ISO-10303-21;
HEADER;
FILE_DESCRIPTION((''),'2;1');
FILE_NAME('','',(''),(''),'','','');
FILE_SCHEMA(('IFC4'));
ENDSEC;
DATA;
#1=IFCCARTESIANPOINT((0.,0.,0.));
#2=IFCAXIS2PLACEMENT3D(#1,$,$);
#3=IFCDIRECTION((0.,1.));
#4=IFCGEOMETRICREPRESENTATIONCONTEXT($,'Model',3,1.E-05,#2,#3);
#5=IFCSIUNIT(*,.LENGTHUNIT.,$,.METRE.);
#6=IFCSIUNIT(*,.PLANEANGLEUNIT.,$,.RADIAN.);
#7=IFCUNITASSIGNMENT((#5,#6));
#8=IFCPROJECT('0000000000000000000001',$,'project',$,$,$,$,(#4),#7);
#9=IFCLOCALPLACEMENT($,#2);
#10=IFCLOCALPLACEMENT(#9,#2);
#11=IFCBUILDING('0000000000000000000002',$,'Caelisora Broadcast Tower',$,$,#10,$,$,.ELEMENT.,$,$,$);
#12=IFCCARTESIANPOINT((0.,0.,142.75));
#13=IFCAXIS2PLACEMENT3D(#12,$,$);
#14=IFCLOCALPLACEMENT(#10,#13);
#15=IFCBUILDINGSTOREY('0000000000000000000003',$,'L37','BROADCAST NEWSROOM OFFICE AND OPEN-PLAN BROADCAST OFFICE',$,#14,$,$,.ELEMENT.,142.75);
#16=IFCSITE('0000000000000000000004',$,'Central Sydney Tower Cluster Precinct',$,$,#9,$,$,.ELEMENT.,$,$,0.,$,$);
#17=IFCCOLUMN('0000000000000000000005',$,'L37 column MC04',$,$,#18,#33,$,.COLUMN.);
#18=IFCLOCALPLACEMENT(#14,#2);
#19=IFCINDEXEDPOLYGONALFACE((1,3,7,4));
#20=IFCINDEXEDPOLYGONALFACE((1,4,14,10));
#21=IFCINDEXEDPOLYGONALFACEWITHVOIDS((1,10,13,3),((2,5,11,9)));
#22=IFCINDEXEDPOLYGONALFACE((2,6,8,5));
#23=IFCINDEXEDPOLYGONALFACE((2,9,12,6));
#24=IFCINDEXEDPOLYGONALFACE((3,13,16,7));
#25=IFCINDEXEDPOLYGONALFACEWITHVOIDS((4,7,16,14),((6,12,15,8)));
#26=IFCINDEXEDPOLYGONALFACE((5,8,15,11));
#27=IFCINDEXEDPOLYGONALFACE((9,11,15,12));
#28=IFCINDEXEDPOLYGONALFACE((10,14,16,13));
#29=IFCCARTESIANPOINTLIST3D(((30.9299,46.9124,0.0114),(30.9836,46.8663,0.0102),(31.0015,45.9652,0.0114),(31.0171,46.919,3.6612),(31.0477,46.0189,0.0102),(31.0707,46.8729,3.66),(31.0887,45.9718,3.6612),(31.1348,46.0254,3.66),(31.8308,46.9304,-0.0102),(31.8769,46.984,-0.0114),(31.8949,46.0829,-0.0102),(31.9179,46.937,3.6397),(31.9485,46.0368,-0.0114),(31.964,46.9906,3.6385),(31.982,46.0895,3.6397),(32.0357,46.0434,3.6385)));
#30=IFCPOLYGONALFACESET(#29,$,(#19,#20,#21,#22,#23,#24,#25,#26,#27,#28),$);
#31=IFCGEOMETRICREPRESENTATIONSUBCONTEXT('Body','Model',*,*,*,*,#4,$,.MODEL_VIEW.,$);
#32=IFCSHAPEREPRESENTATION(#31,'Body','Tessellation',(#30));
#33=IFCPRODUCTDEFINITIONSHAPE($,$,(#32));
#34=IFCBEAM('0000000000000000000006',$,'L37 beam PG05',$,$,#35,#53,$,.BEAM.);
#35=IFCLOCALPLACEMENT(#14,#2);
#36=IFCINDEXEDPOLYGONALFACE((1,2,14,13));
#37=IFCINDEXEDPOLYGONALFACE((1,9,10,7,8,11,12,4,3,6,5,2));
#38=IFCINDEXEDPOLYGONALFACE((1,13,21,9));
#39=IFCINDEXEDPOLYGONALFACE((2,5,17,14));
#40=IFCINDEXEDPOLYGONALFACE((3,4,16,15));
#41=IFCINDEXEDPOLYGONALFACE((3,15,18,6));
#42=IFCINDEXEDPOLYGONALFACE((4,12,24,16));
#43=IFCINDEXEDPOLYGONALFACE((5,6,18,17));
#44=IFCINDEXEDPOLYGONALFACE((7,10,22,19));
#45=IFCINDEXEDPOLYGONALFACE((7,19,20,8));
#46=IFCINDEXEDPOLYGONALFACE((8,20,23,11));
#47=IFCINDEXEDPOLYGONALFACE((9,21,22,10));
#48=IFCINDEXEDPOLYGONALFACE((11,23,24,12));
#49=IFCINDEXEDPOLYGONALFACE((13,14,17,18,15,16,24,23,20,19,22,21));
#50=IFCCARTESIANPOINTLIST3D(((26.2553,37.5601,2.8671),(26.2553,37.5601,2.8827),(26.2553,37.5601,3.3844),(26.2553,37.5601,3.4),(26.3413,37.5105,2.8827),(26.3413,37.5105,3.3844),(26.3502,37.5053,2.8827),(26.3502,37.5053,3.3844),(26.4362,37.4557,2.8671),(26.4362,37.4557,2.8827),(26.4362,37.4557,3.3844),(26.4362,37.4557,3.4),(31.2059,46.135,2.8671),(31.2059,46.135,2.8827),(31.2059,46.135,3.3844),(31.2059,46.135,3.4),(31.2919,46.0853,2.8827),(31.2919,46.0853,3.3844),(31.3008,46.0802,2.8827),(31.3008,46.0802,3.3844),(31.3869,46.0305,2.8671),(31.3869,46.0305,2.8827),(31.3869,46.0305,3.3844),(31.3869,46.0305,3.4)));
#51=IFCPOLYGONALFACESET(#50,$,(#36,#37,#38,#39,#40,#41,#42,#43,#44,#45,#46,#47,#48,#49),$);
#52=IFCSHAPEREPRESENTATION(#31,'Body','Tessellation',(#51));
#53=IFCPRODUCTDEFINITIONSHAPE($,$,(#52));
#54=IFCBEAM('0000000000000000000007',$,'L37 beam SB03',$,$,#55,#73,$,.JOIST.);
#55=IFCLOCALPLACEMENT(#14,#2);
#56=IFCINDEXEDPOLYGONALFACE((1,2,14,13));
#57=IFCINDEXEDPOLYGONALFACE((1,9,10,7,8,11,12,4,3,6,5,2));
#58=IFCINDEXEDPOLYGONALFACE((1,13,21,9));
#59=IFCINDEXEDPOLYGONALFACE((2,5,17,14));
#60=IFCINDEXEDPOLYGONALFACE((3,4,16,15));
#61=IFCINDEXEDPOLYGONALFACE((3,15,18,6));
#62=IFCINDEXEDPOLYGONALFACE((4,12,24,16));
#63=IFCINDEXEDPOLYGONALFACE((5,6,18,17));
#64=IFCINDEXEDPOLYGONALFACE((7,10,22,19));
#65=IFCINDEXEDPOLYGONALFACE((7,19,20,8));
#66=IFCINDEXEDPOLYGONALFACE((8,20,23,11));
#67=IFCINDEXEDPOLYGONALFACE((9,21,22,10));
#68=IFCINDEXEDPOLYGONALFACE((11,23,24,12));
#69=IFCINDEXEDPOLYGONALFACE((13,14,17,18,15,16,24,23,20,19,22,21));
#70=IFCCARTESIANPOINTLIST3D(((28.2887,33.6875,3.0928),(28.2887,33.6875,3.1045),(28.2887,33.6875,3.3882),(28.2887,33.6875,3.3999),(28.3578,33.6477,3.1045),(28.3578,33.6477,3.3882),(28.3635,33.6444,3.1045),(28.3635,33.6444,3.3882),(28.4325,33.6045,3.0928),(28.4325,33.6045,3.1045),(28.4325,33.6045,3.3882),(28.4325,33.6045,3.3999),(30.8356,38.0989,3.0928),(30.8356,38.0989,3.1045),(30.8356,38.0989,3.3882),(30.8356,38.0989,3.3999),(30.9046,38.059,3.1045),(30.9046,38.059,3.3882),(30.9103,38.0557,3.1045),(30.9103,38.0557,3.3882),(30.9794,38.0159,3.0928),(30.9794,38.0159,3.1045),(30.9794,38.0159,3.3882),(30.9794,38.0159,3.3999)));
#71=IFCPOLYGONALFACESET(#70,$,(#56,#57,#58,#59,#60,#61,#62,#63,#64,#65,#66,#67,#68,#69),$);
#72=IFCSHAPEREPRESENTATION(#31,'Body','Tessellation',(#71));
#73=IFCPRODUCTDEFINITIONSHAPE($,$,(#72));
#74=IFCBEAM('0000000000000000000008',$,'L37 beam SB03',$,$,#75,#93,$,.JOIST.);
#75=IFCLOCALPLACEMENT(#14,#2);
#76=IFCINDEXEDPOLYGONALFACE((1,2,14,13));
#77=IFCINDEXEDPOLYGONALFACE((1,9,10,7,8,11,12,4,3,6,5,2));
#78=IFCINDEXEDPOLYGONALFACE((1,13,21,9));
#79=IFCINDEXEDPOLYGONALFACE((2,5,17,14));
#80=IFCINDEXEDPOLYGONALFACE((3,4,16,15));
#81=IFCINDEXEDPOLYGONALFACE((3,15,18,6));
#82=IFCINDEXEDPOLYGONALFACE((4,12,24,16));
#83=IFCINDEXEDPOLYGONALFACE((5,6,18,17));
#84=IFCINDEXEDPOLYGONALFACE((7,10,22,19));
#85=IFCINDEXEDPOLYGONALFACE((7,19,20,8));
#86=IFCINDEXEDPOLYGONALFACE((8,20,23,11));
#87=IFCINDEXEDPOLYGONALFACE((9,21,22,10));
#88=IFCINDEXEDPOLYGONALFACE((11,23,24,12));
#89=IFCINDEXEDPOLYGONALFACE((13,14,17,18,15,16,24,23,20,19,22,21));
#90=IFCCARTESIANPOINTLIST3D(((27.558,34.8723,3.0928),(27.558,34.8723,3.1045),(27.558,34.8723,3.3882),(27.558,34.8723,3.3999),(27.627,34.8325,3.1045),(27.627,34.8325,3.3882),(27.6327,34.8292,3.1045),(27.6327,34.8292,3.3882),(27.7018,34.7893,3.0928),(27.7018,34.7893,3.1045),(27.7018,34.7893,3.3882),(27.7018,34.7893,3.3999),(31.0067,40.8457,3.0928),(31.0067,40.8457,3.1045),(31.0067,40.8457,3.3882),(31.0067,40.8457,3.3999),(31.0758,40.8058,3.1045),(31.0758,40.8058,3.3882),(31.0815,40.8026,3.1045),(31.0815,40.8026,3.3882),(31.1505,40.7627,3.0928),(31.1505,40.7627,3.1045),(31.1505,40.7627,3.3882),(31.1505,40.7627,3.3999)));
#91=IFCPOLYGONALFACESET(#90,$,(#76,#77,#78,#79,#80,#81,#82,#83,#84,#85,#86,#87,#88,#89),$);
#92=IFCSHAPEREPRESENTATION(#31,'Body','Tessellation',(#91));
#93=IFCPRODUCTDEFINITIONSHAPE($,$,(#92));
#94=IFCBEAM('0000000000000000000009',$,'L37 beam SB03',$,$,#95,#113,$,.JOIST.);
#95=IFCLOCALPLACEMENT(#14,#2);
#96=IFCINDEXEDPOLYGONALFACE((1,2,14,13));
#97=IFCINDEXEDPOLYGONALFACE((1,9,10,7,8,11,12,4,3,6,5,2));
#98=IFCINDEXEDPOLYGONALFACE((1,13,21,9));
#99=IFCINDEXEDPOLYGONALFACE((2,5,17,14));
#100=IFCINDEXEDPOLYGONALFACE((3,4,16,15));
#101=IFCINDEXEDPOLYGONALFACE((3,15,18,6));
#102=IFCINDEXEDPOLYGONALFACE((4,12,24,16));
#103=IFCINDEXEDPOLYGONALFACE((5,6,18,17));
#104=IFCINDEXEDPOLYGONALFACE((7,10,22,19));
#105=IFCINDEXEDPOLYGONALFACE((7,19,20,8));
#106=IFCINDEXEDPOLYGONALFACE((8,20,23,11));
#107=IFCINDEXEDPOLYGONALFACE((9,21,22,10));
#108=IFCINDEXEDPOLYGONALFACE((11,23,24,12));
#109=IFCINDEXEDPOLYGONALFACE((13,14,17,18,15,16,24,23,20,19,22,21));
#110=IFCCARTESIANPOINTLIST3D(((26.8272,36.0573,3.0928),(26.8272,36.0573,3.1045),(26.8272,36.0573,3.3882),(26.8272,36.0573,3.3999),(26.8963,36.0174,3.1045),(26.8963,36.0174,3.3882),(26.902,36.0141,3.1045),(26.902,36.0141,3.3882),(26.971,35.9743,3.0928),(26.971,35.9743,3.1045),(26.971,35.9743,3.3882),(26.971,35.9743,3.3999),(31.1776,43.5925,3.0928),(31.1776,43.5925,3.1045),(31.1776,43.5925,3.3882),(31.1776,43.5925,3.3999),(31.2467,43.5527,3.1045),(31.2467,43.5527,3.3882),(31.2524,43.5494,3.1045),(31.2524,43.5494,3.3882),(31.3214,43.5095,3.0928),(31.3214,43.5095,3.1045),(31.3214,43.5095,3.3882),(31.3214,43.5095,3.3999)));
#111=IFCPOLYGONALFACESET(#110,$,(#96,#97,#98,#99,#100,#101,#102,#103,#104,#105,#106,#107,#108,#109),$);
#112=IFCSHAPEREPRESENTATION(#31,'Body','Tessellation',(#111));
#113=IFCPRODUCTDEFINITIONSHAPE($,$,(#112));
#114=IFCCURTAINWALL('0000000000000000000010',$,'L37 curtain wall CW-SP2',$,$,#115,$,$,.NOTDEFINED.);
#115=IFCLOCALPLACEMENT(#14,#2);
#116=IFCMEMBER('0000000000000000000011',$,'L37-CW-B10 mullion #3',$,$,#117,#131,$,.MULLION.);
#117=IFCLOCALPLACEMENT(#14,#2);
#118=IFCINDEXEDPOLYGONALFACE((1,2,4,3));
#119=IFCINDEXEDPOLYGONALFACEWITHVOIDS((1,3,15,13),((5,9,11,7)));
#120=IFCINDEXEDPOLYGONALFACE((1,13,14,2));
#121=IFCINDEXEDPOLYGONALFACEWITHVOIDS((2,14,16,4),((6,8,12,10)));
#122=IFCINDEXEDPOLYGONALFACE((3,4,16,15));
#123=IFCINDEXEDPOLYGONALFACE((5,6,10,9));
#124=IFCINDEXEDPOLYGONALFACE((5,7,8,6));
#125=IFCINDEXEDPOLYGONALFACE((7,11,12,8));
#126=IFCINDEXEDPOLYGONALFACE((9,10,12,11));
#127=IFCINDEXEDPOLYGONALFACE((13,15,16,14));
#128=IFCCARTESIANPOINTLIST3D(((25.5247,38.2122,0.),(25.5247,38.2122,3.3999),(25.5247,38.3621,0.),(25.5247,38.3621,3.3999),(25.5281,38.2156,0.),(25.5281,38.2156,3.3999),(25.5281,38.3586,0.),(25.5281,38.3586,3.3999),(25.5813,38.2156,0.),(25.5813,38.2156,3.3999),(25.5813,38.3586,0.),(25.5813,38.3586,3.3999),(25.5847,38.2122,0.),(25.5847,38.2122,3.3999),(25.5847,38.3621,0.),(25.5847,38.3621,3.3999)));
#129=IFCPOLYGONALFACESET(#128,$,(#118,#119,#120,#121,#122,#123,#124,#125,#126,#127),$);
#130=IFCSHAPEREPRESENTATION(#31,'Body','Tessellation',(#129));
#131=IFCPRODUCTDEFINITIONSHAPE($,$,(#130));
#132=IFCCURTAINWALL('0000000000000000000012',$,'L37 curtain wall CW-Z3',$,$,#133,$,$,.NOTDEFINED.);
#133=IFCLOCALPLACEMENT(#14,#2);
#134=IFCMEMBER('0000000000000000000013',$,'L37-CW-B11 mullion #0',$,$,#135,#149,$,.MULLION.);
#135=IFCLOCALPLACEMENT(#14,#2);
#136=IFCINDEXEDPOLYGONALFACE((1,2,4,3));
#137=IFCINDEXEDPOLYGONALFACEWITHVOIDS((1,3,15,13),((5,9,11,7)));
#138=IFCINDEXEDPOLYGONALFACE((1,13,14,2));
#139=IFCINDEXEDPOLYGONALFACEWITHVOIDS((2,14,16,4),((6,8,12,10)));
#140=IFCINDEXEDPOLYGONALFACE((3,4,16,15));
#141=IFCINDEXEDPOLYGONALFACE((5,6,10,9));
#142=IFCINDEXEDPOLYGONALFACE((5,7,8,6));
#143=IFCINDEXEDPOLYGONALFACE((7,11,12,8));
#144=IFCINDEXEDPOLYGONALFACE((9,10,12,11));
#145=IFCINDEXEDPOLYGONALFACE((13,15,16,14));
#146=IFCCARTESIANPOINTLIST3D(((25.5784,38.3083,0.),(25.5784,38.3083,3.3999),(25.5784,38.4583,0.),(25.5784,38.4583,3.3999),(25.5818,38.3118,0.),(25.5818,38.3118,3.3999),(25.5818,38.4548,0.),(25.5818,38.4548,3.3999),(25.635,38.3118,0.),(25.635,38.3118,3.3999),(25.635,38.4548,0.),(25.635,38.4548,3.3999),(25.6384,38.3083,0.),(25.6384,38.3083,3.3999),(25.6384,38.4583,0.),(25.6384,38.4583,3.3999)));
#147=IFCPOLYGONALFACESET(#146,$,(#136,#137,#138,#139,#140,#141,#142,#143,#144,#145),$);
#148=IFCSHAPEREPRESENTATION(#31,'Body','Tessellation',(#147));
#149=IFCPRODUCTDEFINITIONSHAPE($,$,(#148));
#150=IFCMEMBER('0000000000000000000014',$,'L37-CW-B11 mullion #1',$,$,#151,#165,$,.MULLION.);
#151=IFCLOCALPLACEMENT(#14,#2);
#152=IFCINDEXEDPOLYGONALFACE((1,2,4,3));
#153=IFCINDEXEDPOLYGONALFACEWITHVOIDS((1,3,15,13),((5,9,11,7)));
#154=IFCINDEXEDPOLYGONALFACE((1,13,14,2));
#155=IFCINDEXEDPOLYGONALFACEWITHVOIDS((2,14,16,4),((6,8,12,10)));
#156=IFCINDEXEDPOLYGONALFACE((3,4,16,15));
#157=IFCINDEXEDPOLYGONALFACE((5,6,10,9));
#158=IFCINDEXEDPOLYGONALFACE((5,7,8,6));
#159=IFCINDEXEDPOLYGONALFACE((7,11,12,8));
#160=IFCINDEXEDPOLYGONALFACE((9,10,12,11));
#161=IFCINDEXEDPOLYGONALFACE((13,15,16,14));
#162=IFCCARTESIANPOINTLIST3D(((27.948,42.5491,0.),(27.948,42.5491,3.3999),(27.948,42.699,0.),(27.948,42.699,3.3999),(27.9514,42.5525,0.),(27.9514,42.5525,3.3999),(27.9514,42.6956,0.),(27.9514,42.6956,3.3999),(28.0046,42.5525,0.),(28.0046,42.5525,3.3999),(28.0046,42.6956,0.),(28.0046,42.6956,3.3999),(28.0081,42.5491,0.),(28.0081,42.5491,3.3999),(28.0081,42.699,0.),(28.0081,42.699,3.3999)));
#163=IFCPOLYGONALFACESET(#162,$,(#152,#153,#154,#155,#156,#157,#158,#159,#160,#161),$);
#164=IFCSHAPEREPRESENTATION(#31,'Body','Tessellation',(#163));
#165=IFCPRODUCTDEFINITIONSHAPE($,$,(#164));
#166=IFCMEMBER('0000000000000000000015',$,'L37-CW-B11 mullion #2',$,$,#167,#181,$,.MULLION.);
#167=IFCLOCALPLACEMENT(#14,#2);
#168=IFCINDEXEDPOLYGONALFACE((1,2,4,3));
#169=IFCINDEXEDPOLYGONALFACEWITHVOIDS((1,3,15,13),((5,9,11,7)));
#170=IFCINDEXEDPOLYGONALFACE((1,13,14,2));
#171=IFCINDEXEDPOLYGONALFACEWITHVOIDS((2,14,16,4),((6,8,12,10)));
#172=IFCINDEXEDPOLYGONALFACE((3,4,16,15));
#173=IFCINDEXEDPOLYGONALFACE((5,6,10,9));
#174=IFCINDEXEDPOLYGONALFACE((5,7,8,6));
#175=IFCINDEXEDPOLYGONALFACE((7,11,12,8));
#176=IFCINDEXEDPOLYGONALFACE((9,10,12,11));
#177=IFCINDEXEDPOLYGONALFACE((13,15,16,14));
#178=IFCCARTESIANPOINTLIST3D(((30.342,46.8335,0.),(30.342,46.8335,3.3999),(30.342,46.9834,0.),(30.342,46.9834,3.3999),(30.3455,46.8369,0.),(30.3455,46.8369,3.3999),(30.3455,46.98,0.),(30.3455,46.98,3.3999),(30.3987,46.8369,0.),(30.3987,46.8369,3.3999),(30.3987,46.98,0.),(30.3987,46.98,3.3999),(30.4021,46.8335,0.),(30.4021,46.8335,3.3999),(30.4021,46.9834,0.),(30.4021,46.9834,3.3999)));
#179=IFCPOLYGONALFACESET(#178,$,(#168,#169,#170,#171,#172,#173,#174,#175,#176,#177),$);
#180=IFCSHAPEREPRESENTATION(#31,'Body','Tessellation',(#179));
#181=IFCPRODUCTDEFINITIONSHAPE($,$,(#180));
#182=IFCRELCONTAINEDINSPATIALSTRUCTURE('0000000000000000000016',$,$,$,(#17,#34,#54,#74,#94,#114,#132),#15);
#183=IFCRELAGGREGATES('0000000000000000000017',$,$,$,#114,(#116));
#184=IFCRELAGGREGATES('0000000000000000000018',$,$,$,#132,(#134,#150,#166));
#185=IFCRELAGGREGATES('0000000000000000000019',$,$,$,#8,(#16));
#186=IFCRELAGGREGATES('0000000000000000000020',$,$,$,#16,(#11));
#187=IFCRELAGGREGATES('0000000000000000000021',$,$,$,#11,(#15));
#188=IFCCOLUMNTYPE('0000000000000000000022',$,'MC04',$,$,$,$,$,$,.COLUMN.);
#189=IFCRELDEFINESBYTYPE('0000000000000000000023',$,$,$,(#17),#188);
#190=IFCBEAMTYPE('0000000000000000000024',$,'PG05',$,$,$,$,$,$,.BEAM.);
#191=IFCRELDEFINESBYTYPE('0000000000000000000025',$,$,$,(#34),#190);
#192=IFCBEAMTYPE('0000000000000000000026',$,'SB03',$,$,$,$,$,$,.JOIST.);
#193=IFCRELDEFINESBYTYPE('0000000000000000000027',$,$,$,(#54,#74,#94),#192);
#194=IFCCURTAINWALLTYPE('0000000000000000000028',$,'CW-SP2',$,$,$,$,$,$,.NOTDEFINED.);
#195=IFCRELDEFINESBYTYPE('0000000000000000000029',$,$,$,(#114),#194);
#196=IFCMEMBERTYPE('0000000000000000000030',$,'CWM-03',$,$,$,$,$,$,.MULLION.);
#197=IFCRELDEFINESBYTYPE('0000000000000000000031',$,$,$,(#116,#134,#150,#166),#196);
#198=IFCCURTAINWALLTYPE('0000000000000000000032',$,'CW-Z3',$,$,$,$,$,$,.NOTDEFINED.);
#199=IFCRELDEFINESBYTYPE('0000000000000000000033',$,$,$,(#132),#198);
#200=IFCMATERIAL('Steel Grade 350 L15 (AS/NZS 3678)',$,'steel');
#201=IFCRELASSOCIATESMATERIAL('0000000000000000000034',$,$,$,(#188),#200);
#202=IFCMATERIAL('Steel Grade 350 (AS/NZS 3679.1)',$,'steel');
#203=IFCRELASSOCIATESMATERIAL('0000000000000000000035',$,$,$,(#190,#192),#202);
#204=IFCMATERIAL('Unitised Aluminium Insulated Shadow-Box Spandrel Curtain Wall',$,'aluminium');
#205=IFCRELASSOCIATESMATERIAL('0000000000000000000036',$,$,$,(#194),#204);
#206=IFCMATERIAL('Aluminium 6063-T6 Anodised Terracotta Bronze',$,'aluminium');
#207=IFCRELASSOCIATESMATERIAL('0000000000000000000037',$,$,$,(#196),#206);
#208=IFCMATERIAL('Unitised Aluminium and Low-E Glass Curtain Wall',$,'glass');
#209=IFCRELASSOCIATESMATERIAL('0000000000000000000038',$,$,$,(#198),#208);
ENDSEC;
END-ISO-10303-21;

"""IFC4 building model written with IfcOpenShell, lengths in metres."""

from ifc_helpers import new_model, si_unit, direction, frame, origin, origin_2d, place, context, subcontext, project, spatial, hollow_rectangle, i_section, extrude, source, transform, mapped, material, material_profile, profile_set, type_object, type_shapes, element, aggregate, save


model = new_model("IFC4")

# Units and contexts
model_context = context("Model", 3, precision=1e-05, world=origin(), true_north=direction((0.0, 1.0)))
body_context = subcontext(model_context, "Body", "Model", "MODEL_VIEW")
ifc_project = project(units=[si_unit("LENGTHUNIT", "METRE"), si_unit("PLANEANGLEUNIT", "RADIAN")], contexts=[model_context])

# Site, building, storey
site_placement = place(None, origin())
site = spatial("IfcSite", under=ifc_project, at=site_placement, Name="Central Sydney Tower Cluster Precinct", CompositionType="ELEMENT", RefElevation=0.0)
building_placement = place(site_placement, origin())
building = spatial("IfcBuilding", under=site, at=building_placement, Name="Caelisora Broadcast Tower", CompositionType="ELEMENT")
storey_placement = place(building_placement, frame((0.0, 0.0, 142.75)))
storey = spatial("IfcBuildingStorey", under=building, at=storey_placement, Name="L37", Description="BROADCAST NEWSROOM OFFICE AND OPEN-PLAN BROADCAST OFFICE", CompositionType="ELEMENT", Elevation=142.75)

# Column
ifc_material_1 = material(Name="Steel Grade 350 L15 (AS/NZS 3678)", Category="steel")
ifc_material_profile_1 = material_profile(ifc_material_1, hollow_rectangle(XDim=0.95, YDim=0.95, WallThickness=0.05, at=origin_2d()), Name="Steel Grade 350 L15 (AS/NZS 3678)")
ifc_profile_set_1 = profile_set([ifc_material_profile_1], Name="Steel Grade 350 L15 (AS/NZS 3678)")
column_type = type_object("IfcColumnType", Name="MC04", PredefinedType="COLUMN", material=ifc_profile_set_1)
shared_shape_1 = source(origin(), body_context, "Body", "SweptSolid", [
    extrude(hollow_rectangle(XDim=0.95, YDim=0.95, WallThickness=0.05, at=origin_2d()), origin(), (0.0, 0.0, 1.0), 3.6509),
])
type_shapes(column_type, [shared_shape_1])
column_placement = place(storey_placement, frame((31.4392, 46.4746, 0.0), z_axis=(0.023873, 0.001806, 0.999713), x_axis=(-0.075415, 0.997152, 0.0)))
element("IfcColumn", 1, at=column_placement, inside=storey, type_object=column_type, Name="L37 column MC04", PredefinedType="COLUMN", context=body_context, shape_type="MappedRepresentation", body=[
    mapped(shared_shape_1, transform((0.0, 0.0, 0.0), scale=1.0)),
])

# Beams
ifc_material_2 = material(Name="Steel Grade 350 (AS/NZS 3679.1)", Category="steel")
ifc_material_profile_2 = material_profile(ifc_material_2, i_section(OverallWidth=0.209, OverallDepth=0.533, WebThickness=0.0103, FlangeThickness=0.0156, at=origin_2d()), Name="Steel Grade 350 (AS/NZS 3679.1)")
ifc_profile_set_2 = profile_set([ifc_material_profile_2], Name="Steel Grade 350 (AS/NZS 3679.1)")
beam_type_1 = type_object("IfcBeamType", Name="PG05", PredefinedType="BEAM", material=ifc_profile_set_2)
shared_shape_2 = source(origin(), body_context, "Body", "SweptSolid", [
    extrude(i_section(OverallWidth=0.209, OverallDepth=0.533, WebThickness=0.0103, FlangeThickness=0.0156, at=origin_2d()), origin(), (0.0, 0.0, 1.0), 9.9014),
])
type_shapes(beam_type_1, [shared_shape_2])
beam_1_placement = place(storey_placement, frame((31.2964, 46.0828, 3.1335), z_axis=(-0.499995, -0.866028, 0.0), x_axis=(0.866028, -0.499995, 0.0)))
element("IfcBeam", 2, at=beam_1_placement, inside=storey, type_object=beam_type_1, Name="L37 beam PG05", PredefinedType="BEAM", context=body_context, shape_type="MappedRepresentation", body=[
    mapped(shared_shape_2, transform((0.0, 0.0, 0.0), scale=1.0)),
])
ifc_material_profile_3 = material_profile(ifc_material_2, i_section(OverallWidth=0.166, OverallDepth=0.3071, WebThickness=0.0066, FlangeThickness=0.0117, at=origin_2d()), Name="Steel Grade 350 (AS/NZS 3679.1)")
ifc_profile_set_3 = profile_set([ifc_material_profile_3], Name="Steel Grade 350 (AS/NZS 3679.1)")
beam_type_2 = type_object("IfcBeamType", Name="SB03", PredefinedType="JOIST", material=ifc_profile_set_3)
shared_shape_3 = source(origin(), body_context, "Body", "SweptSolid", [
    extrude(i_section(OverallWidth=0.166, OverallDepth=0.3071, WebThickness=0.0066, FlangeThickness=0.0117, at=origin_2d()), origin(), (0.0, 0.0, 1.0), 5.0938),
])
beam_2_placement = place(storey_placement, frame((30.9075, 38.0574, 3.2463), z_axis=(-0.499995, -0.866028, 0.0), x_axis=(0.866028, -0.499995, 0.0)))
element("IfcBeam", 3, at=beam_2_placement, inside=storey, type_object=beam_type_2, Name="L37 beam SB03", PredefinedType="JOIST", context=body_context, shape_type="MappedRepresentation", body=[
    mapped(shared_shape_3, transform((0.0, 0.0, 0.0), scale=1.0)),
])
shared_shape_4 = source(origin(), body_context, "Body", "SweptSolid", [
    extrude(i_section(OverallWidth=0.166, OverallDepth=0.3071, WebThickness=0.0066, FlangeThickness=0.0117, at=origin_2d()), origin(), (0.0, 0.0, 1.0), 6.8975),
])
beam_3_placement = place(storey_placement, frame((31.0786, 40.8042, 3.2463), z_axis=(-0.499999, -0.866026, 0.0), x_axis=(0.866026, -0.499999, 0.0)))
element("IfcBeam", 4, at=beam_3_placement, inside=storey, type_object=beam_type_2, Name="L37 beam SB03", PredefinedType="JOIST", context=body_context, shape_type="MappedRepresentation", body=[
    mapped(shared_shape_4, transform((0.0, 0.0, 0.0), scale=1.0)),
])
shared_shape_5 = source(origin(), body_context, "Body", "SweptSolid", [
    extrude(i_section(OverallWidth=0.166, OverallDepth=0.3071, WebThickness=0.0066, FlangeThickness=0.0117, at=origin_2d()), origin(), (0.0, 0.0, 1.0), 8.7009),
])
type_shapes(beam_type_2, [shared_shape_3, shared_shape_4, shared_shape_5])
beam_4_placement = place(storey_placement, frame((31.2495, 43.551, 3.2463), z_axis=(-0.499993, -0.86603, 0.0), x_axis=(0.86603, -0.499993, 0.0)))
element("IfcBeam", 5, at=beam_4_placement, inside=storey, type_object=beam_type_2, Name="L37 beam SB03", PredefinedType="JOIST", context=body_context, shape_type="MappedRepresentation", body=[
    mapped(shared_shape_5, transform((0.0, 0.0, 0.0), scale=1.0)),
])

# Curtain wall, member
ifc_material_3 = material(Name="Unitised Aluminium Insulated Shadow-Box Spandrel Curtain Wall", Category="aluminium")
curtain_wall_type_1 = type_object("IfcCurtainWallType", Name="CW-SP2", PredefinedType="NOTDEFINED", material=ifc_material_3)
curtain_wall_1_placement = place(storey_placement, origin())
curtain_wall_1 = element("IfcCurtainWall", 6, at=curtain_wall_1_placement, inside=storey, type_object=curtain_wall_type_1, Name="L37 curtain wall CW-SP2", PredefinedType="NOTDEFINED")
ifc_material_4 = material(Name="Aluminium 6063-T6 Anodised Terracotta Bronze", Category="aluminium")
ifc_material_profile_4 = material_profile(ifc_material_4, hollow_rectangle(XDim=0.0601, YDim=0.1499, WallThickness=0.0034, at=origin_2d()), Name="Aluminium 6063-T6 Anodised Terracotta Bronze")
ifc_profile_set_4 = profile_set([ifc_material_profile_4], Name="Aluminium 6063-T6 Anodised Terracotta Bronze")
member_type_1 = type_object("IfcMemberType", Name="CWM-03", PredefinedType="MULLION", material=ifc_profile_set_4)
shared_shape_6 = source(origin(), body_context, "Body", "SweptSolid", [
    extrude(hollow_rectangle(XDim=0.0601, YDim=0.1499, WallThickness=0.0034, at=origin_2d()), origin(), (0.0, 0.0, 1.0), 3.3999),
])
type_shapes(member_type_1, [shared_shape_6])
member_1_placement = place(storey_placement, frame((25.5547, 38.2871, 0.0), z_axis=(0.0, 0.0, 1.0), x_axis=(1.0, 0.0, 0.0)))
member_1 = element("IfcMember", 7, at=member_1_placement, type_object=member_type_1, Name="L37-CW-B10 mullion #3", PredefinedType="MULLION", context=body_context, shape_type="MappedRepresentation", body=[
    mapped(shared_shape_6, transform((0.0, 0.0, 0.0), scale=1.0)),
])
aggregate(curtain_wall_1, [member_1])

# Curtain wall, members
ifc_material_5 = material(Name="Unitised Aluminium and Low-E Glass Curtain Wall", Category="glass")
curtain_wall_type_2 = type_object("IfcCurtainWallType", Name="CW-Z3", PredefinedType="NOTDEFINED", material=ifc_material_5)
curtain_wall_2_placement = place(storey_placement, origin())
curtain_wall_2 = element("IfcCurtainWall", 8, at=curtain_wall_2_placement, inside=storey, type_object=curtain_wall_type_2, Name="L37 curtain wall CW-Z3", PredefinedType="NOTDEFINED")
member_2_placement = place(storey_placement, frame((25.6084, 38.3833, 0.0), z_axis=(0.0, 0.0, 1.0), x_axis=(1.0, 0.0, 0.0)))
member_2 = element("IfcMember", 9, at=member_2_placement, type_object=member_type_1, Name="L37-CW-B11 mullion #0", PredefinedType="MULLION", context=body_context, shape_type="MappedRepresentation", body=[
    mapped(shared_shape_6, transform((0.0, 0.0, 0.0), scale=1.0)),
])
member_3_placement = place(storey_placement, frame((27.978, 42.624, 0.0), z_axis=(0.0, 0.0, 1.0), x_axis=(1.0, 0.0, 0.0)))
member_3 = element("IfcMember", 10, at=member_3_placement, type_object=member_type_1, Name="L37-CW-B11 mullion #1", PredefinedType="MULLION", context=body_context, shape_type="MappedRepresentation", body=[
    mapped(shared_shape_6, transform((0.0, 0.0, 0.0), scale=1.0)),
])
member_4_placement = place(storey_placement, frame((30.3721, 46.9084, 0.0), z_axis=(0.0, 0.0, 1.0), x_axis=(1.0, 0.0, 0.0)))
member_4 = element("IfcMember", 11, at=member_4_placement, type_object=member_type_1, Name="L37-CW-B11 mullion #2", PredefinedType="MULLION", context=body_context, shape_type="MappedRepresentation", body=[
    mapped(shared_shape_6, transform((0.0, 0.0, 0.0), scale=1.0)),
])
aggregate(curtain_wall_2, [member_2, member_3, member_4])

save(model, "model.ifc")
